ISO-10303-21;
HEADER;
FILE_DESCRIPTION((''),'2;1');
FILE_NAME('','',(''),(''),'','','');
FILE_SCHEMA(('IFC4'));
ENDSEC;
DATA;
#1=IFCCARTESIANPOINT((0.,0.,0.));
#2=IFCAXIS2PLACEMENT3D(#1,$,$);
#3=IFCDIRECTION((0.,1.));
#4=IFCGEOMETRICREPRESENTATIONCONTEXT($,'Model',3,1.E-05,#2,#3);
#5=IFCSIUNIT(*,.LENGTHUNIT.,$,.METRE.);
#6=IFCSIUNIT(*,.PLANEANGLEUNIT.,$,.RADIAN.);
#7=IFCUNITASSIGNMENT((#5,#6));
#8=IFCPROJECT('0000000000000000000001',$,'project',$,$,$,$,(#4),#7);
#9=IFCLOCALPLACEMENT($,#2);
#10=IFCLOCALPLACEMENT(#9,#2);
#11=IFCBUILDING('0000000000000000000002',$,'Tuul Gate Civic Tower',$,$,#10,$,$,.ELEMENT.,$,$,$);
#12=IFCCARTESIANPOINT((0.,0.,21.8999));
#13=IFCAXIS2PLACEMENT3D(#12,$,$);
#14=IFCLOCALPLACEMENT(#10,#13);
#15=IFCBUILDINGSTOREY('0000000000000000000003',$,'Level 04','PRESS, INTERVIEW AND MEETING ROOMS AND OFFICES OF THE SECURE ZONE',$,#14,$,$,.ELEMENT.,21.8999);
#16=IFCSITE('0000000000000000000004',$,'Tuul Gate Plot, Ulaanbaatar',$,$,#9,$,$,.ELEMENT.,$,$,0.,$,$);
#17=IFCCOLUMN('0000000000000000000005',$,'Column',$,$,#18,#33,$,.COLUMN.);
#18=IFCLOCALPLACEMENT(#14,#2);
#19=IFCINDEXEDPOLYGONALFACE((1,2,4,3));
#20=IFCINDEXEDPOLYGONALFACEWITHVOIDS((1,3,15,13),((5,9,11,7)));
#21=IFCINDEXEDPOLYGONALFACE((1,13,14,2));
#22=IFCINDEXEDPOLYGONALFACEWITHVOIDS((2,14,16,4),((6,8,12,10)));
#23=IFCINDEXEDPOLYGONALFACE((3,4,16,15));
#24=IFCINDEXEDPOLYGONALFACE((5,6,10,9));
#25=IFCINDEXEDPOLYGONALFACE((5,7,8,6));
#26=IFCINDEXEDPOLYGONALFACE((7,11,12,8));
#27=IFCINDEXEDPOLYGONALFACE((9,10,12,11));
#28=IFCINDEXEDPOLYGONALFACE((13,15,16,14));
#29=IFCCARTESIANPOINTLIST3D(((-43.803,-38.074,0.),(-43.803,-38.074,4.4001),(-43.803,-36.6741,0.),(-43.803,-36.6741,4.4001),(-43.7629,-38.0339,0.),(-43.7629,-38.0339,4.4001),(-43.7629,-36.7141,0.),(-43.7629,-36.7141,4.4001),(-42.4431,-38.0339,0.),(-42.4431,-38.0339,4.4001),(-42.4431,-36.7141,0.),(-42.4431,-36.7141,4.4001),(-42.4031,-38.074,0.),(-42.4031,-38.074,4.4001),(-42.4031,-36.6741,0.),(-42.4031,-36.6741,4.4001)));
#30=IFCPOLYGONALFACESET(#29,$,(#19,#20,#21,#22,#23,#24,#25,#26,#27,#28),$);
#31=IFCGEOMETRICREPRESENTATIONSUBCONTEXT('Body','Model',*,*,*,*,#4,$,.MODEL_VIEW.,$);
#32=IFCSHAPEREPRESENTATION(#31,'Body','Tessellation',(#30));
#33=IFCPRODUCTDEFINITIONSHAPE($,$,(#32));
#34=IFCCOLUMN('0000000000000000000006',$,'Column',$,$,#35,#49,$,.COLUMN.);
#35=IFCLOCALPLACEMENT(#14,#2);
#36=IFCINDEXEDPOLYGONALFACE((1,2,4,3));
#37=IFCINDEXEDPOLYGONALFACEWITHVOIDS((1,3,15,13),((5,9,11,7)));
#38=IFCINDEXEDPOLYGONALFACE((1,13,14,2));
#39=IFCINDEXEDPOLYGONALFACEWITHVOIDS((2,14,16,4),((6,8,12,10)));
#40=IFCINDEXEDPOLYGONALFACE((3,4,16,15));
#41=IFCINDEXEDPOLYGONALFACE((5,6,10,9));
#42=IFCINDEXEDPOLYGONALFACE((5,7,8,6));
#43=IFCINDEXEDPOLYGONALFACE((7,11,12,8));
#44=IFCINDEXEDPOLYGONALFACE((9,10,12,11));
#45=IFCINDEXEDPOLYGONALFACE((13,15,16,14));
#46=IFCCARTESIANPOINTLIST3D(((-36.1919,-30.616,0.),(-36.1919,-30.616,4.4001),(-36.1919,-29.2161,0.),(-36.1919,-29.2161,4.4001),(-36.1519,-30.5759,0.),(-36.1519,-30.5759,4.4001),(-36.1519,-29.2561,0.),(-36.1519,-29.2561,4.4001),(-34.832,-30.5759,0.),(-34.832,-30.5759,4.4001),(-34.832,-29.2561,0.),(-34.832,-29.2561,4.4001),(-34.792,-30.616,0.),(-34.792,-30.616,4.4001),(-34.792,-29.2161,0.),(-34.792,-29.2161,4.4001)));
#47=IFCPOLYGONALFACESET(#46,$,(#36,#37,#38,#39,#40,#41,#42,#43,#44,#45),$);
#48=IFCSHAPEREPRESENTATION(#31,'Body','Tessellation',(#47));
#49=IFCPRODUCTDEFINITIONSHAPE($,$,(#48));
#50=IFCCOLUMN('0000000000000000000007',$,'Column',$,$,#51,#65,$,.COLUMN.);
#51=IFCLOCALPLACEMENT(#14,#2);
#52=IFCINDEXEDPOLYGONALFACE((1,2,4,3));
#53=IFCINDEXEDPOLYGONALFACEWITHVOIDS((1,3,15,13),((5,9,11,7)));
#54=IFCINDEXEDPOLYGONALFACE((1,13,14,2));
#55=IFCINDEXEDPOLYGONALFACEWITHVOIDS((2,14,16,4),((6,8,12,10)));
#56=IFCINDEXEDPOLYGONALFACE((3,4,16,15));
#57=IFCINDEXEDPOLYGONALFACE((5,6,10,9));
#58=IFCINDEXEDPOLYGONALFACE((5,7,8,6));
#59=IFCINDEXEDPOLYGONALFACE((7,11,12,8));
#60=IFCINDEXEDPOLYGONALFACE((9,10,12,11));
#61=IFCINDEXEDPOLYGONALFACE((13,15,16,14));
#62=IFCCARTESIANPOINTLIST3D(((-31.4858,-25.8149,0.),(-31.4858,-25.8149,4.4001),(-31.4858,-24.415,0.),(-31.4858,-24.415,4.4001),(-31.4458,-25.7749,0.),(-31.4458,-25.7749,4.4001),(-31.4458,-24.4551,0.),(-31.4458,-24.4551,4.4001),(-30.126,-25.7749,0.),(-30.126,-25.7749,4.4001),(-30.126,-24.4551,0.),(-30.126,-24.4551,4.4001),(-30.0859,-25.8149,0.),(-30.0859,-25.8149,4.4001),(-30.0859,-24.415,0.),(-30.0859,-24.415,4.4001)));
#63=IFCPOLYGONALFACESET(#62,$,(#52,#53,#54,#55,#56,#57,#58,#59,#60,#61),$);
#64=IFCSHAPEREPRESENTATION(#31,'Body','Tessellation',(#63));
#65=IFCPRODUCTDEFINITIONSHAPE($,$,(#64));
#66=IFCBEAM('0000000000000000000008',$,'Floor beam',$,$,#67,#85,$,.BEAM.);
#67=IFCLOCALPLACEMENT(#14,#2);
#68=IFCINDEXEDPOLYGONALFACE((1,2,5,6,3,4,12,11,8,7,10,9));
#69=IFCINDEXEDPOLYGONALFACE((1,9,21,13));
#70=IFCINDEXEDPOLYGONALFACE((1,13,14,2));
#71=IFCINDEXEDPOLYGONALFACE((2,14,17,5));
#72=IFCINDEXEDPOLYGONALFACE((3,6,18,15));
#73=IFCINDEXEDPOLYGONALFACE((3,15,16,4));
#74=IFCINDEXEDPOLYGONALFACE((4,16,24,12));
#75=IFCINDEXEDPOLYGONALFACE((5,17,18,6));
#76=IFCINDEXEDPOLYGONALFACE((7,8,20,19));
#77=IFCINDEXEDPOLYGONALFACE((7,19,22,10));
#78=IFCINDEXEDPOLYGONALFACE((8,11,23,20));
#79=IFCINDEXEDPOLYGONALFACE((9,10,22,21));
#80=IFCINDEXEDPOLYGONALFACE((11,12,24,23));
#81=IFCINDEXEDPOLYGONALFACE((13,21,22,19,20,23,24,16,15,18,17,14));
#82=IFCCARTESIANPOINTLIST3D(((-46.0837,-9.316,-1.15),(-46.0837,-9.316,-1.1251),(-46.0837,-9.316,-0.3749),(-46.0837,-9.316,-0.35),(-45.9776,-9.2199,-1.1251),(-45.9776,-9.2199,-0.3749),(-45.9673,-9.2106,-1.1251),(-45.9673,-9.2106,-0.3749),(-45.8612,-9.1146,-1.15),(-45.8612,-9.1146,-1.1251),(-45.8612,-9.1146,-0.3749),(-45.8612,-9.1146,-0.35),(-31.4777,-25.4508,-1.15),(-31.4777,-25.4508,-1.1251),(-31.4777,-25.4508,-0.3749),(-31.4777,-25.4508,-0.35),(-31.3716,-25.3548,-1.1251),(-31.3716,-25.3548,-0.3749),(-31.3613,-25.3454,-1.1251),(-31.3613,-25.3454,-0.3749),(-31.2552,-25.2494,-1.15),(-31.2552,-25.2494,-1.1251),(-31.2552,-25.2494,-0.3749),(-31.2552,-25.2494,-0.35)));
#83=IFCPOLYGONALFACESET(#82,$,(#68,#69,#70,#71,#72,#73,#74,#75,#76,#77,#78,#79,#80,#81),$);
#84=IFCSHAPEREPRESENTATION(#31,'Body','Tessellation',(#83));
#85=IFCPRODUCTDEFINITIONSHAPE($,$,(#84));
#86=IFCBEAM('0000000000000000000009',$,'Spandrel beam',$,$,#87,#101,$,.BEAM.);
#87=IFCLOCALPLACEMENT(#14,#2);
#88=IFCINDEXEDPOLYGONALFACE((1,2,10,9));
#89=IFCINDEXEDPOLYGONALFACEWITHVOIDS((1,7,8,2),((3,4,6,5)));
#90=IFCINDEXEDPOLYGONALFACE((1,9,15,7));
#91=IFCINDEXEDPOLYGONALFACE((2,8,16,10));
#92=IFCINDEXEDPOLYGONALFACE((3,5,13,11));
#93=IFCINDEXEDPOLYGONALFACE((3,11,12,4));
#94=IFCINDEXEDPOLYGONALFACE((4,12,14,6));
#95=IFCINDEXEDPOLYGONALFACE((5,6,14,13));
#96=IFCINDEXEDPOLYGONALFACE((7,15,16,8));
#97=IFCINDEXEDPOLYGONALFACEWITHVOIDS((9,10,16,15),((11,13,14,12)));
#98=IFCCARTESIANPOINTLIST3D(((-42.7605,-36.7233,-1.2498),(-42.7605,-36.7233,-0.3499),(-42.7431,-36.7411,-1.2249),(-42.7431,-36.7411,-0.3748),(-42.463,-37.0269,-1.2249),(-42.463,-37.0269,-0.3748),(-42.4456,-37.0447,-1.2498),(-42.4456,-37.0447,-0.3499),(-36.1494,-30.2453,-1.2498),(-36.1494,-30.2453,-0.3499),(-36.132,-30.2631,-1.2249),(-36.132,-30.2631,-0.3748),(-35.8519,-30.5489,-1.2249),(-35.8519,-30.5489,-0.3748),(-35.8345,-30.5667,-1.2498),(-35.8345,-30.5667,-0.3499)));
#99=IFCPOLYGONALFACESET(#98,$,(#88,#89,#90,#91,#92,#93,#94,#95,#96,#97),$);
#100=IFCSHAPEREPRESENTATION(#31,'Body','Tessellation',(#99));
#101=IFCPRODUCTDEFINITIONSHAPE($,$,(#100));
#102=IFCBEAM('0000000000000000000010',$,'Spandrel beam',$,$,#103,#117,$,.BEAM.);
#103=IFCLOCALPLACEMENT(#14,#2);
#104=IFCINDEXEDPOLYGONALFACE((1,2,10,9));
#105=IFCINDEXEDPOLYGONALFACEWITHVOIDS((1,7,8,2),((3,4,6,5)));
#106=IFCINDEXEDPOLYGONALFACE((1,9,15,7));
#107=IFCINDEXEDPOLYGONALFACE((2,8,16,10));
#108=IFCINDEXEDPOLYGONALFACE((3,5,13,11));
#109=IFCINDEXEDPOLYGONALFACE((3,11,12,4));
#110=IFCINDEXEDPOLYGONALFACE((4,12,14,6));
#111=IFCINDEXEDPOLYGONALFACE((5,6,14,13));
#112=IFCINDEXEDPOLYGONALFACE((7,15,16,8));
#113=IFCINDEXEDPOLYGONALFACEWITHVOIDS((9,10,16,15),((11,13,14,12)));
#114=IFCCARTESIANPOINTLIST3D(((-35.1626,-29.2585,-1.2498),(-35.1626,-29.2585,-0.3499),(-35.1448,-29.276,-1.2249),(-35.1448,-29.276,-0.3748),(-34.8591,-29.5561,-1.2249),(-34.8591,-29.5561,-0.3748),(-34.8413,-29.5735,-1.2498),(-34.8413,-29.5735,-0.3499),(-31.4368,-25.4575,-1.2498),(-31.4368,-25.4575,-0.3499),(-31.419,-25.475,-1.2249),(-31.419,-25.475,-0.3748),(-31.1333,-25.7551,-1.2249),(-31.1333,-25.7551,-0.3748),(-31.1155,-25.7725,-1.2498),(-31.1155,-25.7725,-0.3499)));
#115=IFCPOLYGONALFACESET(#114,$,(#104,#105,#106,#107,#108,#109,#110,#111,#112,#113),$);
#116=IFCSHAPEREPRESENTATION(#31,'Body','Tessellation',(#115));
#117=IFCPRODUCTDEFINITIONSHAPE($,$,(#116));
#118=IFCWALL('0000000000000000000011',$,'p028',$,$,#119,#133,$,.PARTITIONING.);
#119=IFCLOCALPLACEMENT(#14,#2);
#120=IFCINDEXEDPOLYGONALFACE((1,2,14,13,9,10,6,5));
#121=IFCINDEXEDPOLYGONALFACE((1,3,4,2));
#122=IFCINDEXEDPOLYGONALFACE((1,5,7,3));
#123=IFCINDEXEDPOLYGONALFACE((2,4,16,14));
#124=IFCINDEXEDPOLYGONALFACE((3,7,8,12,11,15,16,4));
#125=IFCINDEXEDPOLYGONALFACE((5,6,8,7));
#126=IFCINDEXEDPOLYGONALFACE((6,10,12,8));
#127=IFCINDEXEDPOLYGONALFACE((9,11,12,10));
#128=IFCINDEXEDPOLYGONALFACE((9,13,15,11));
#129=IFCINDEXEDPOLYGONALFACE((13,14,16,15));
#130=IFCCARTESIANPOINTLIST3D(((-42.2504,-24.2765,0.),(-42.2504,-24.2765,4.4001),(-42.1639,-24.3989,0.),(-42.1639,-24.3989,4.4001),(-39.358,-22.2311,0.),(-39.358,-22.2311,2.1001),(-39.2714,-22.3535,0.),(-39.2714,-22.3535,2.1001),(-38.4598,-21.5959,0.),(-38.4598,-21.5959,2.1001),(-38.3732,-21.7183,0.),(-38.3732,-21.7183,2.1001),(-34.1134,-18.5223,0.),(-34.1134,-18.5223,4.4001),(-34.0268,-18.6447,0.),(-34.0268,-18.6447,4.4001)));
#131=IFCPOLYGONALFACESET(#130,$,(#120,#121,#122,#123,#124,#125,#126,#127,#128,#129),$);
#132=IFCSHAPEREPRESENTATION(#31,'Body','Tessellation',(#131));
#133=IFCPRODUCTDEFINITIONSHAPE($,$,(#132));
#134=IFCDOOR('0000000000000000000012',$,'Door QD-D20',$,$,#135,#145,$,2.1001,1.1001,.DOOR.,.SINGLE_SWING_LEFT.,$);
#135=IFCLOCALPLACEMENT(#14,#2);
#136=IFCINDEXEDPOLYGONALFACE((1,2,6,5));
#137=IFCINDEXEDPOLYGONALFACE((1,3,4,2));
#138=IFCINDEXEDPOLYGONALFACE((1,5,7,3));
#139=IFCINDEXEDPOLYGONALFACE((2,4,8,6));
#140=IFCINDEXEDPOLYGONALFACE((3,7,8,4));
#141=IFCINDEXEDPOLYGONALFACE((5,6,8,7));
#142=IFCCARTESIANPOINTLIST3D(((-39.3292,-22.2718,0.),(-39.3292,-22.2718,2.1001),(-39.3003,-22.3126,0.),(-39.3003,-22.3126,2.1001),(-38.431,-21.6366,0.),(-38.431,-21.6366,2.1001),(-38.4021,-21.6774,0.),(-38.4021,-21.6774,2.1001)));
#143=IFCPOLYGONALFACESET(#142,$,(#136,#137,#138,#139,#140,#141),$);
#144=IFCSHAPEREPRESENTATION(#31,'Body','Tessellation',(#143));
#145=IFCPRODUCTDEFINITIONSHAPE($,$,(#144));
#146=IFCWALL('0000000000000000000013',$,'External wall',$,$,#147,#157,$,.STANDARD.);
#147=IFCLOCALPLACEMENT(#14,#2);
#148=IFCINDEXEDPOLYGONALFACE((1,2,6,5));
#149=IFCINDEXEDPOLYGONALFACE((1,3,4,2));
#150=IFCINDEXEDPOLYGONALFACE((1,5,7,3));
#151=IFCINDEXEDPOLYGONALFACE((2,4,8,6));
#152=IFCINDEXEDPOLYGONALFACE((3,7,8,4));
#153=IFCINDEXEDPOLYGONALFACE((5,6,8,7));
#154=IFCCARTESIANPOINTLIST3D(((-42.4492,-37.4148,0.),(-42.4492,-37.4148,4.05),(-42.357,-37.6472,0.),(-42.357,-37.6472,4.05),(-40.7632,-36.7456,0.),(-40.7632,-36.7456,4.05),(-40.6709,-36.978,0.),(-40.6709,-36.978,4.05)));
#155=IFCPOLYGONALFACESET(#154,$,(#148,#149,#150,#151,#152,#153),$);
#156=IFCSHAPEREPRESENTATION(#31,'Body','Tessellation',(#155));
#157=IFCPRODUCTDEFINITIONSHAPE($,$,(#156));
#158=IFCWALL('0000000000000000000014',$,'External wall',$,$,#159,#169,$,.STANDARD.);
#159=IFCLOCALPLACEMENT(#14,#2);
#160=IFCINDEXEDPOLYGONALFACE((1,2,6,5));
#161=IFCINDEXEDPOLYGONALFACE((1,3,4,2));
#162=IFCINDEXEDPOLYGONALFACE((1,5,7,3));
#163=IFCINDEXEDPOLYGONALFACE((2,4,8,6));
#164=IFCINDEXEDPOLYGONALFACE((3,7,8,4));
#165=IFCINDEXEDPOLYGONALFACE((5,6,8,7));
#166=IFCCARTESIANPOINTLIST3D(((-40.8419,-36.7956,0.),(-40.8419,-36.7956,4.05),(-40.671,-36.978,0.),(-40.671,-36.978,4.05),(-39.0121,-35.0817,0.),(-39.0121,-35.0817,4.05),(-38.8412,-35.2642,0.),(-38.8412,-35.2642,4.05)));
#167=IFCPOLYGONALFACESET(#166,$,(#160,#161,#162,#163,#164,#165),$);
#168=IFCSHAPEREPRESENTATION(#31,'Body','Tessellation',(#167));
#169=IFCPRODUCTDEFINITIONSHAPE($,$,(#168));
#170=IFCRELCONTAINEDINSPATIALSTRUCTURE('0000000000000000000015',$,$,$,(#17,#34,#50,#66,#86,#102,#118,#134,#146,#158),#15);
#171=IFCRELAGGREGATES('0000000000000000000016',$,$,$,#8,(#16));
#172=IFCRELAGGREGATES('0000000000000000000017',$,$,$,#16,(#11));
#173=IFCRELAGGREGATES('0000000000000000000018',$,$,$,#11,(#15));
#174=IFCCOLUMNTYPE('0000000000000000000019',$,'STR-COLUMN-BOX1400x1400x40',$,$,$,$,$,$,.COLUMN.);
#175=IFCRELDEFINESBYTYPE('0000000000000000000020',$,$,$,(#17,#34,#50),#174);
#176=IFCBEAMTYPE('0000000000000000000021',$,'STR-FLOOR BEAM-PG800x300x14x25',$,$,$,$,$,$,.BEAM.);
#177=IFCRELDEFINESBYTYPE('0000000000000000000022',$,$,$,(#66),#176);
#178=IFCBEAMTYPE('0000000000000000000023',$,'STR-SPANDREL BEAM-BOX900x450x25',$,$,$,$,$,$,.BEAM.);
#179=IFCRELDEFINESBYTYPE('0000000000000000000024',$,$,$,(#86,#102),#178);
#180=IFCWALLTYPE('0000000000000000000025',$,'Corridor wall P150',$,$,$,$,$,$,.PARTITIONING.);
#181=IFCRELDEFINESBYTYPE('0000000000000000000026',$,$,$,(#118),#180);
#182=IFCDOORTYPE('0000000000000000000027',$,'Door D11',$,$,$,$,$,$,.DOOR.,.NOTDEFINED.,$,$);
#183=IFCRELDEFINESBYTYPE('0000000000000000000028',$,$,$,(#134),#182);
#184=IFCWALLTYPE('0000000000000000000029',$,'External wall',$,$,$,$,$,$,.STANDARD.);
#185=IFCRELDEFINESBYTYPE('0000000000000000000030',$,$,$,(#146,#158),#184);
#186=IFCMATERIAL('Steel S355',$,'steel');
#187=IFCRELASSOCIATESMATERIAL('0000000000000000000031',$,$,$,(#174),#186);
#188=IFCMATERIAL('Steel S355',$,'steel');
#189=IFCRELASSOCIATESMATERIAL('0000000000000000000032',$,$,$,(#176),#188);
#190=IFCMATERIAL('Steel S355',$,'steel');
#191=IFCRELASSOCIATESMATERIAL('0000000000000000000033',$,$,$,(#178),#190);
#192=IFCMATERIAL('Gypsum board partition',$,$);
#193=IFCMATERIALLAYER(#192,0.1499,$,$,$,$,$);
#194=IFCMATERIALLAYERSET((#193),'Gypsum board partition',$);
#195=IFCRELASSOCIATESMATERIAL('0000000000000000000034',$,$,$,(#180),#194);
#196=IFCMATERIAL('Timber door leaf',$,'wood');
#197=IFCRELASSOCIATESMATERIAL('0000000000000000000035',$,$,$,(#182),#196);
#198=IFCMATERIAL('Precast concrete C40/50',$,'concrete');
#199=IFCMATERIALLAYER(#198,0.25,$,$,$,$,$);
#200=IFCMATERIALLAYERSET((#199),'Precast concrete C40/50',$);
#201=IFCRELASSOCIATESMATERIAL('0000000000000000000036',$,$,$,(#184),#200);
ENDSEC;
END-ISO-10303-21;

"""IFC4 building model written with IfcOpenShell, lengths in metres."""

from ifc_helpers import new_model, si_unit, direction, frame, frame_2d, origin, origin_2d, place, context, subcontext, project, spatial, rectangle, hollow_rectangle, i_section, extrude, material, layer, layer_set, material_profile, profile_set, type_object, element, fill, save


model = new_model("IFC4")

# Units and contexts
model_context = context("Model", 3, precision=1e-05, world=origin(), true_north=direction((0.0, 1.0)))
body_context = subcontext(model_context, "Body", "Model", "MODEL_VIEW")
ifc_project = project(units=[si_unit("LENGTHUNIT", "METRE"), si_unit("PLANEANGLEUNIT", "RADIAN")], contexts=[model_context])

# Site, building, storey
site_placement = place(None, origin())
site = spatial("IfcSite", under=ifc_project, at=site_placement, Name="Tuul Gate Plot, Ulaanbaatar", CompositionType="ELEMENT", RefElevation=0.0)
building_placement = place(site_placement, origin())
building = spatial("IfcBuilding", under=site, at=building_placement, Name="Tuul Gate Civic Tower", CompositionType="ELEMENT")
storey_placement = place(building_placement, frame((0.0, 0.0, 21.8999)))
storey = spatial("IfcBuildingStorey", under=building, at=storey_placement, Name="Level 04", Description="PRESS, INTERVIEW AND MEETING ROOMS AND OFFICES OF THE SECURE ZONE", CompositionType="ELEMENT", Elevation=21.8999)

# Columns
ifc_material_1 = material(Name="Steel S355", Category="steel")
ifc_material_profile_1 = material_profile(ifc_material_1, hollow_rectangle(XDim=1.3999, YDim=1.3999, WallThickness=0.04, at=origin_2d()), Name="BOX1400x1400x40")
ifc_profile_set_1 = profile_set([ifc_material_profile_1], Name="Steel S355")
column_type = type_object("IfcColumnType", Name="STR-COLUMN-BOX1400x1400x40", PredefinedType="COLUMN", material=ifc_profile_set_1)
for number, where, z_axis, x_axis, name in (
    (1, (-43.103, -37.374, 0.0), (0.0, 0.0, 1.0), (1.0, 0.0, 0.0), "Column"),
    (2, (-35.4919, -29.916, 0.0), (0.0, 0.0, 1.0), (1.0, 0.0, 0.0), "Column"),
    (3, (-30.7859, -25.115, 0.0), (0.0, 0.0, 1.0), (1.0, 0.0, 0.0), "Column"),
):
    element("IfcColumn", number, at=place(storey_placement, frame(where, z_axis=z_axis, x_axis=x_axis)), inside=storey, type_object=column_type, Name=name, PredefinedType="COLUMN", context=body_context, shape_type="SweptSolid", body=[
        extrude(hollow_rectangle(XDim=1.3999, YDim=1.3999, WallThickness=0.04, at=origin_2d()), origin(), (0.0, 0.0, 1.0), 4.4001),
    ])

# Beams
ifc_material_2 = material(Name="Steel S355", Category="steel")
ifc_material_profile_2 = material_profile(ifc_material_2, i_section(OverallWidth=0.3, OverallDepth=0.8, WebThickness=0.0139, FlangeThickness=0.0249, at=origin_2d()), Name="PG800x300x14x25")
ifc_profile_set_2 = profile_set([ifc_material_profile_2], Name="Steel S355")
beam_type_1 = type_object("IfcBeamType", Name="STR-FLOOR BEAM-PG800x300x14x25", PredefinedType="BEAM", material=ifc_profile_set_2)
beam_1_placement = place(storey_placement, frame((-31.3665, -25.3501, -0.75), z_axis=(-0.671111, 0.741357, 0.0), x_axis=(-0.741357, -0.671111, 0.0)))
element("IfcBeam", 4, at=beam_1_placement, inside=storey, type_object=beam_type_1, Name="Floor beam", PredefinedType="BEAM", context=body_context, shape_type="SweptSolid", body=[
    extrude(i_section(OverallWidth=0.3, OverallDepth=0.8, WebThickness=0.0139, FlangeThickness=0.0249, at=origin_2d()), origin(), (0.0, 0.0, 1.0), 21.7639),
])
ifc_material_3 = material(Name="Steel S355", Category="steel")
ifc_material_profile_3 = material_profile(ifc_material_3, hollow_rectangle(XDim=0.45, YDim=0.8999, WallThickness=0.0249, at=origin_2d()), Name="BOX900x450x25")
ifc_profile_set_3 = profile_set([ifc_material_profile_3], Name="Steel S355")
beam_type_2 = type_object("IfcBeamType", Name="STR-SPANDREL BEAM-BOX900x450x25", PredefinedType="BEAM", material=ifc_profile_set_3)
beam_2_placement = place(storey_placement, frame((-42.603, -36.884, -0.7998), z_axis=(0.714258, 0.699883, 0.0), x_axis=(-0.699883, 0.714258, 0.0)))
element("IfcBeam", 5, at=beam_2_placement, inside=storey, type_object=beam_type_2, Name="Spandrel beam", PredefinedType="BEAM", context=body_context, shape_type="SweptSolid", body=[
    extrude(hollow_rectangle(XDim=0.45, YDim=0.8999, WallThickness=0.0249, at=origin_2d()), origin(), (0.0, 0.0, 1.0), 9.2559),
])
beam_3_placement = place(storey_placement, frame((-35.002, -29.416, -0.7998), z_axis=(0.700008, 0.714135, 0.0), x_axis=(-0.714135, 0.700008, 0.0)))
element("IfcBeam", 6, at=beam_3_placement, inside=storey, type_object=beam_type_2, Name="Spandrel beam", PredefinedType="BEAM", context=body_context, shape_type="SweptSolid", body=[
    extrude(hollow_rectangle(XDim=0.45, YDim=0.8999, WallThickness=0.0249, at=origin_2d()), origin(), (0.0, 0.0, 1.0), 5.3225),
])

# Wall, opening, door
ifc_material_4 = material(Name="Gypsum board partition")
ifc_layer_1 = layer(ifc_material_4, 0.1499)
ifc_layer_set_1 = layer_set([ifc_layer_1], Name="Gypsum board partition")
wall_type_1 = type_object("IfcWallType", Name="Corridor wall P150", PredefinedType="PARTITIONING", material=ifc_layer_set_1)
wall_1_placement = place(storey_placement, frame((-42.207, -24.3376, 0.0), z_axis=(0.0, 0.0, 1.0), x_axis=(0.816475, 0.57738, 0.0)))
wall_1 = element("IfcWall", 7, at=wall_1_placement, inside=storey, type_object=wall_type_1, Name="p028", PredefinedType="PARTITIONING", context=body_context, shape_type="SweptSolid", body=[
    extrude(rectangle(XDim=9.9661, YDim=0.1499, at=frame_2d((4.9829, 0.0))), origin(), (0.0, 0.0, 1.0), 4.4001),
])
opening_1_placement = place(wall_1_placement, frame((3.5425, 0.0, 0.0)))
opening_1 = element("IfcOpeningElement", 8, at=opening_1_placement, cuts=wall_1, PredefinedType="OPENING", context=body_context, shape_type="SweptSolid", body=[
    extrude(rectangle(XDim=1.1001, YDim=2.1001, at=frame_2d((0.55, 1.05))), frame((0.0, 0.085, 0.0), z_axis=(0.0, -1.0, 0.0), x_axis=(1.0, 0.0, 0.0)), (0.0, 0.0, 1.0), 0.1699),
])
ifc_material_5 = material(Name="Timber door leaf", Category="wood")
door_type = type_object("IfcDoorType", Name="Door D11", OperationType="NOTDEFINED", PredefinedType="DOOR", material=ifc_material_5)
door_placement = place(opening_1_placement, frame((1.1001, 0.0, 0.0), z_axis=(0.0, 0.0, 1.0), x_axis=(-1.0, 0.0, 0.0)))
door = element("IfcDoor", 9, at=door_placement, inside=storey, type_object=door_type, Name="Door QD-D20", OperationType="SINGLE_SWING_LEFT", OverallHeight=2.1001, OverallWidth=1.1001, PredefinedType="DOOR", context=body_context, shape_type="SweptSolid", body=[
    extrude(rectangle(XDim=1.1001, YDim=2.1001, at=frame_2d((0.55, 1.05))), frame((0.0, 0.0249, 0.0), z_axis=(0.0, -1.0, 0.0), x_axis=(1.0, 0.0, 0.0)), (0.0, 0.0, 1.0), 0.05),
])
fill(opening_1, door)

# Walls
ifc_material_6 = material(Name="Precast concrete C40/50", Category="concrete")
ifc_layer_2 = layer(ifc_material_6, 0.25)
ifc_layer_set_2 = layer_set([ifc_layer_2], Name="Precast concrete C40/50")
wall_type_2 = type_object("IfcWallType", Name="External wall", PredefinedType="STANDARD", material=ifc_layer_set_2)
wall_2_placement = place(storey_placement, frame((-42.4031, -37.531, 0.0), z_axis=(0.0, 0.0, 1.0), x_axis=(0.929467, 0.368906, 0.0)))
element("IfcWall", 10, at=wall_2_placement, inside=storey, type_object=wall_type_2, Name="External wall", PredefinedType="STANDARD", context=body_context, shape_type="SweptSolid", body=[
    extrude(rectangle(XDim=1.814, YDim=0.25, at=frame_2d((0.907, 0.0))), origin(), (0.0, 0.0, 1.0), 4.05),
])
wall_3_placement = place(storey_placement, frame((-40.7563, -36.8867, 0.0), z_axis=(0.0, 0.0, 1.0), x_axis=(0.729856, 0.683601, 0.0)))
element("IfcWall", 11, at=wall_3_placement, inside=storey, type_object=wall_type_2, Name="External wall", PredefinedType="STANDARD", context=body_context, shape_type="SweptSolid", body=[
    extrude(rectangle(XDim=2.5071, YDim=0.25, at=frame_2d((1.2534, 0.0))), origin(), (0.0, 0.0, 1.0), 4.05),
])

save(model, "model.ifc")
